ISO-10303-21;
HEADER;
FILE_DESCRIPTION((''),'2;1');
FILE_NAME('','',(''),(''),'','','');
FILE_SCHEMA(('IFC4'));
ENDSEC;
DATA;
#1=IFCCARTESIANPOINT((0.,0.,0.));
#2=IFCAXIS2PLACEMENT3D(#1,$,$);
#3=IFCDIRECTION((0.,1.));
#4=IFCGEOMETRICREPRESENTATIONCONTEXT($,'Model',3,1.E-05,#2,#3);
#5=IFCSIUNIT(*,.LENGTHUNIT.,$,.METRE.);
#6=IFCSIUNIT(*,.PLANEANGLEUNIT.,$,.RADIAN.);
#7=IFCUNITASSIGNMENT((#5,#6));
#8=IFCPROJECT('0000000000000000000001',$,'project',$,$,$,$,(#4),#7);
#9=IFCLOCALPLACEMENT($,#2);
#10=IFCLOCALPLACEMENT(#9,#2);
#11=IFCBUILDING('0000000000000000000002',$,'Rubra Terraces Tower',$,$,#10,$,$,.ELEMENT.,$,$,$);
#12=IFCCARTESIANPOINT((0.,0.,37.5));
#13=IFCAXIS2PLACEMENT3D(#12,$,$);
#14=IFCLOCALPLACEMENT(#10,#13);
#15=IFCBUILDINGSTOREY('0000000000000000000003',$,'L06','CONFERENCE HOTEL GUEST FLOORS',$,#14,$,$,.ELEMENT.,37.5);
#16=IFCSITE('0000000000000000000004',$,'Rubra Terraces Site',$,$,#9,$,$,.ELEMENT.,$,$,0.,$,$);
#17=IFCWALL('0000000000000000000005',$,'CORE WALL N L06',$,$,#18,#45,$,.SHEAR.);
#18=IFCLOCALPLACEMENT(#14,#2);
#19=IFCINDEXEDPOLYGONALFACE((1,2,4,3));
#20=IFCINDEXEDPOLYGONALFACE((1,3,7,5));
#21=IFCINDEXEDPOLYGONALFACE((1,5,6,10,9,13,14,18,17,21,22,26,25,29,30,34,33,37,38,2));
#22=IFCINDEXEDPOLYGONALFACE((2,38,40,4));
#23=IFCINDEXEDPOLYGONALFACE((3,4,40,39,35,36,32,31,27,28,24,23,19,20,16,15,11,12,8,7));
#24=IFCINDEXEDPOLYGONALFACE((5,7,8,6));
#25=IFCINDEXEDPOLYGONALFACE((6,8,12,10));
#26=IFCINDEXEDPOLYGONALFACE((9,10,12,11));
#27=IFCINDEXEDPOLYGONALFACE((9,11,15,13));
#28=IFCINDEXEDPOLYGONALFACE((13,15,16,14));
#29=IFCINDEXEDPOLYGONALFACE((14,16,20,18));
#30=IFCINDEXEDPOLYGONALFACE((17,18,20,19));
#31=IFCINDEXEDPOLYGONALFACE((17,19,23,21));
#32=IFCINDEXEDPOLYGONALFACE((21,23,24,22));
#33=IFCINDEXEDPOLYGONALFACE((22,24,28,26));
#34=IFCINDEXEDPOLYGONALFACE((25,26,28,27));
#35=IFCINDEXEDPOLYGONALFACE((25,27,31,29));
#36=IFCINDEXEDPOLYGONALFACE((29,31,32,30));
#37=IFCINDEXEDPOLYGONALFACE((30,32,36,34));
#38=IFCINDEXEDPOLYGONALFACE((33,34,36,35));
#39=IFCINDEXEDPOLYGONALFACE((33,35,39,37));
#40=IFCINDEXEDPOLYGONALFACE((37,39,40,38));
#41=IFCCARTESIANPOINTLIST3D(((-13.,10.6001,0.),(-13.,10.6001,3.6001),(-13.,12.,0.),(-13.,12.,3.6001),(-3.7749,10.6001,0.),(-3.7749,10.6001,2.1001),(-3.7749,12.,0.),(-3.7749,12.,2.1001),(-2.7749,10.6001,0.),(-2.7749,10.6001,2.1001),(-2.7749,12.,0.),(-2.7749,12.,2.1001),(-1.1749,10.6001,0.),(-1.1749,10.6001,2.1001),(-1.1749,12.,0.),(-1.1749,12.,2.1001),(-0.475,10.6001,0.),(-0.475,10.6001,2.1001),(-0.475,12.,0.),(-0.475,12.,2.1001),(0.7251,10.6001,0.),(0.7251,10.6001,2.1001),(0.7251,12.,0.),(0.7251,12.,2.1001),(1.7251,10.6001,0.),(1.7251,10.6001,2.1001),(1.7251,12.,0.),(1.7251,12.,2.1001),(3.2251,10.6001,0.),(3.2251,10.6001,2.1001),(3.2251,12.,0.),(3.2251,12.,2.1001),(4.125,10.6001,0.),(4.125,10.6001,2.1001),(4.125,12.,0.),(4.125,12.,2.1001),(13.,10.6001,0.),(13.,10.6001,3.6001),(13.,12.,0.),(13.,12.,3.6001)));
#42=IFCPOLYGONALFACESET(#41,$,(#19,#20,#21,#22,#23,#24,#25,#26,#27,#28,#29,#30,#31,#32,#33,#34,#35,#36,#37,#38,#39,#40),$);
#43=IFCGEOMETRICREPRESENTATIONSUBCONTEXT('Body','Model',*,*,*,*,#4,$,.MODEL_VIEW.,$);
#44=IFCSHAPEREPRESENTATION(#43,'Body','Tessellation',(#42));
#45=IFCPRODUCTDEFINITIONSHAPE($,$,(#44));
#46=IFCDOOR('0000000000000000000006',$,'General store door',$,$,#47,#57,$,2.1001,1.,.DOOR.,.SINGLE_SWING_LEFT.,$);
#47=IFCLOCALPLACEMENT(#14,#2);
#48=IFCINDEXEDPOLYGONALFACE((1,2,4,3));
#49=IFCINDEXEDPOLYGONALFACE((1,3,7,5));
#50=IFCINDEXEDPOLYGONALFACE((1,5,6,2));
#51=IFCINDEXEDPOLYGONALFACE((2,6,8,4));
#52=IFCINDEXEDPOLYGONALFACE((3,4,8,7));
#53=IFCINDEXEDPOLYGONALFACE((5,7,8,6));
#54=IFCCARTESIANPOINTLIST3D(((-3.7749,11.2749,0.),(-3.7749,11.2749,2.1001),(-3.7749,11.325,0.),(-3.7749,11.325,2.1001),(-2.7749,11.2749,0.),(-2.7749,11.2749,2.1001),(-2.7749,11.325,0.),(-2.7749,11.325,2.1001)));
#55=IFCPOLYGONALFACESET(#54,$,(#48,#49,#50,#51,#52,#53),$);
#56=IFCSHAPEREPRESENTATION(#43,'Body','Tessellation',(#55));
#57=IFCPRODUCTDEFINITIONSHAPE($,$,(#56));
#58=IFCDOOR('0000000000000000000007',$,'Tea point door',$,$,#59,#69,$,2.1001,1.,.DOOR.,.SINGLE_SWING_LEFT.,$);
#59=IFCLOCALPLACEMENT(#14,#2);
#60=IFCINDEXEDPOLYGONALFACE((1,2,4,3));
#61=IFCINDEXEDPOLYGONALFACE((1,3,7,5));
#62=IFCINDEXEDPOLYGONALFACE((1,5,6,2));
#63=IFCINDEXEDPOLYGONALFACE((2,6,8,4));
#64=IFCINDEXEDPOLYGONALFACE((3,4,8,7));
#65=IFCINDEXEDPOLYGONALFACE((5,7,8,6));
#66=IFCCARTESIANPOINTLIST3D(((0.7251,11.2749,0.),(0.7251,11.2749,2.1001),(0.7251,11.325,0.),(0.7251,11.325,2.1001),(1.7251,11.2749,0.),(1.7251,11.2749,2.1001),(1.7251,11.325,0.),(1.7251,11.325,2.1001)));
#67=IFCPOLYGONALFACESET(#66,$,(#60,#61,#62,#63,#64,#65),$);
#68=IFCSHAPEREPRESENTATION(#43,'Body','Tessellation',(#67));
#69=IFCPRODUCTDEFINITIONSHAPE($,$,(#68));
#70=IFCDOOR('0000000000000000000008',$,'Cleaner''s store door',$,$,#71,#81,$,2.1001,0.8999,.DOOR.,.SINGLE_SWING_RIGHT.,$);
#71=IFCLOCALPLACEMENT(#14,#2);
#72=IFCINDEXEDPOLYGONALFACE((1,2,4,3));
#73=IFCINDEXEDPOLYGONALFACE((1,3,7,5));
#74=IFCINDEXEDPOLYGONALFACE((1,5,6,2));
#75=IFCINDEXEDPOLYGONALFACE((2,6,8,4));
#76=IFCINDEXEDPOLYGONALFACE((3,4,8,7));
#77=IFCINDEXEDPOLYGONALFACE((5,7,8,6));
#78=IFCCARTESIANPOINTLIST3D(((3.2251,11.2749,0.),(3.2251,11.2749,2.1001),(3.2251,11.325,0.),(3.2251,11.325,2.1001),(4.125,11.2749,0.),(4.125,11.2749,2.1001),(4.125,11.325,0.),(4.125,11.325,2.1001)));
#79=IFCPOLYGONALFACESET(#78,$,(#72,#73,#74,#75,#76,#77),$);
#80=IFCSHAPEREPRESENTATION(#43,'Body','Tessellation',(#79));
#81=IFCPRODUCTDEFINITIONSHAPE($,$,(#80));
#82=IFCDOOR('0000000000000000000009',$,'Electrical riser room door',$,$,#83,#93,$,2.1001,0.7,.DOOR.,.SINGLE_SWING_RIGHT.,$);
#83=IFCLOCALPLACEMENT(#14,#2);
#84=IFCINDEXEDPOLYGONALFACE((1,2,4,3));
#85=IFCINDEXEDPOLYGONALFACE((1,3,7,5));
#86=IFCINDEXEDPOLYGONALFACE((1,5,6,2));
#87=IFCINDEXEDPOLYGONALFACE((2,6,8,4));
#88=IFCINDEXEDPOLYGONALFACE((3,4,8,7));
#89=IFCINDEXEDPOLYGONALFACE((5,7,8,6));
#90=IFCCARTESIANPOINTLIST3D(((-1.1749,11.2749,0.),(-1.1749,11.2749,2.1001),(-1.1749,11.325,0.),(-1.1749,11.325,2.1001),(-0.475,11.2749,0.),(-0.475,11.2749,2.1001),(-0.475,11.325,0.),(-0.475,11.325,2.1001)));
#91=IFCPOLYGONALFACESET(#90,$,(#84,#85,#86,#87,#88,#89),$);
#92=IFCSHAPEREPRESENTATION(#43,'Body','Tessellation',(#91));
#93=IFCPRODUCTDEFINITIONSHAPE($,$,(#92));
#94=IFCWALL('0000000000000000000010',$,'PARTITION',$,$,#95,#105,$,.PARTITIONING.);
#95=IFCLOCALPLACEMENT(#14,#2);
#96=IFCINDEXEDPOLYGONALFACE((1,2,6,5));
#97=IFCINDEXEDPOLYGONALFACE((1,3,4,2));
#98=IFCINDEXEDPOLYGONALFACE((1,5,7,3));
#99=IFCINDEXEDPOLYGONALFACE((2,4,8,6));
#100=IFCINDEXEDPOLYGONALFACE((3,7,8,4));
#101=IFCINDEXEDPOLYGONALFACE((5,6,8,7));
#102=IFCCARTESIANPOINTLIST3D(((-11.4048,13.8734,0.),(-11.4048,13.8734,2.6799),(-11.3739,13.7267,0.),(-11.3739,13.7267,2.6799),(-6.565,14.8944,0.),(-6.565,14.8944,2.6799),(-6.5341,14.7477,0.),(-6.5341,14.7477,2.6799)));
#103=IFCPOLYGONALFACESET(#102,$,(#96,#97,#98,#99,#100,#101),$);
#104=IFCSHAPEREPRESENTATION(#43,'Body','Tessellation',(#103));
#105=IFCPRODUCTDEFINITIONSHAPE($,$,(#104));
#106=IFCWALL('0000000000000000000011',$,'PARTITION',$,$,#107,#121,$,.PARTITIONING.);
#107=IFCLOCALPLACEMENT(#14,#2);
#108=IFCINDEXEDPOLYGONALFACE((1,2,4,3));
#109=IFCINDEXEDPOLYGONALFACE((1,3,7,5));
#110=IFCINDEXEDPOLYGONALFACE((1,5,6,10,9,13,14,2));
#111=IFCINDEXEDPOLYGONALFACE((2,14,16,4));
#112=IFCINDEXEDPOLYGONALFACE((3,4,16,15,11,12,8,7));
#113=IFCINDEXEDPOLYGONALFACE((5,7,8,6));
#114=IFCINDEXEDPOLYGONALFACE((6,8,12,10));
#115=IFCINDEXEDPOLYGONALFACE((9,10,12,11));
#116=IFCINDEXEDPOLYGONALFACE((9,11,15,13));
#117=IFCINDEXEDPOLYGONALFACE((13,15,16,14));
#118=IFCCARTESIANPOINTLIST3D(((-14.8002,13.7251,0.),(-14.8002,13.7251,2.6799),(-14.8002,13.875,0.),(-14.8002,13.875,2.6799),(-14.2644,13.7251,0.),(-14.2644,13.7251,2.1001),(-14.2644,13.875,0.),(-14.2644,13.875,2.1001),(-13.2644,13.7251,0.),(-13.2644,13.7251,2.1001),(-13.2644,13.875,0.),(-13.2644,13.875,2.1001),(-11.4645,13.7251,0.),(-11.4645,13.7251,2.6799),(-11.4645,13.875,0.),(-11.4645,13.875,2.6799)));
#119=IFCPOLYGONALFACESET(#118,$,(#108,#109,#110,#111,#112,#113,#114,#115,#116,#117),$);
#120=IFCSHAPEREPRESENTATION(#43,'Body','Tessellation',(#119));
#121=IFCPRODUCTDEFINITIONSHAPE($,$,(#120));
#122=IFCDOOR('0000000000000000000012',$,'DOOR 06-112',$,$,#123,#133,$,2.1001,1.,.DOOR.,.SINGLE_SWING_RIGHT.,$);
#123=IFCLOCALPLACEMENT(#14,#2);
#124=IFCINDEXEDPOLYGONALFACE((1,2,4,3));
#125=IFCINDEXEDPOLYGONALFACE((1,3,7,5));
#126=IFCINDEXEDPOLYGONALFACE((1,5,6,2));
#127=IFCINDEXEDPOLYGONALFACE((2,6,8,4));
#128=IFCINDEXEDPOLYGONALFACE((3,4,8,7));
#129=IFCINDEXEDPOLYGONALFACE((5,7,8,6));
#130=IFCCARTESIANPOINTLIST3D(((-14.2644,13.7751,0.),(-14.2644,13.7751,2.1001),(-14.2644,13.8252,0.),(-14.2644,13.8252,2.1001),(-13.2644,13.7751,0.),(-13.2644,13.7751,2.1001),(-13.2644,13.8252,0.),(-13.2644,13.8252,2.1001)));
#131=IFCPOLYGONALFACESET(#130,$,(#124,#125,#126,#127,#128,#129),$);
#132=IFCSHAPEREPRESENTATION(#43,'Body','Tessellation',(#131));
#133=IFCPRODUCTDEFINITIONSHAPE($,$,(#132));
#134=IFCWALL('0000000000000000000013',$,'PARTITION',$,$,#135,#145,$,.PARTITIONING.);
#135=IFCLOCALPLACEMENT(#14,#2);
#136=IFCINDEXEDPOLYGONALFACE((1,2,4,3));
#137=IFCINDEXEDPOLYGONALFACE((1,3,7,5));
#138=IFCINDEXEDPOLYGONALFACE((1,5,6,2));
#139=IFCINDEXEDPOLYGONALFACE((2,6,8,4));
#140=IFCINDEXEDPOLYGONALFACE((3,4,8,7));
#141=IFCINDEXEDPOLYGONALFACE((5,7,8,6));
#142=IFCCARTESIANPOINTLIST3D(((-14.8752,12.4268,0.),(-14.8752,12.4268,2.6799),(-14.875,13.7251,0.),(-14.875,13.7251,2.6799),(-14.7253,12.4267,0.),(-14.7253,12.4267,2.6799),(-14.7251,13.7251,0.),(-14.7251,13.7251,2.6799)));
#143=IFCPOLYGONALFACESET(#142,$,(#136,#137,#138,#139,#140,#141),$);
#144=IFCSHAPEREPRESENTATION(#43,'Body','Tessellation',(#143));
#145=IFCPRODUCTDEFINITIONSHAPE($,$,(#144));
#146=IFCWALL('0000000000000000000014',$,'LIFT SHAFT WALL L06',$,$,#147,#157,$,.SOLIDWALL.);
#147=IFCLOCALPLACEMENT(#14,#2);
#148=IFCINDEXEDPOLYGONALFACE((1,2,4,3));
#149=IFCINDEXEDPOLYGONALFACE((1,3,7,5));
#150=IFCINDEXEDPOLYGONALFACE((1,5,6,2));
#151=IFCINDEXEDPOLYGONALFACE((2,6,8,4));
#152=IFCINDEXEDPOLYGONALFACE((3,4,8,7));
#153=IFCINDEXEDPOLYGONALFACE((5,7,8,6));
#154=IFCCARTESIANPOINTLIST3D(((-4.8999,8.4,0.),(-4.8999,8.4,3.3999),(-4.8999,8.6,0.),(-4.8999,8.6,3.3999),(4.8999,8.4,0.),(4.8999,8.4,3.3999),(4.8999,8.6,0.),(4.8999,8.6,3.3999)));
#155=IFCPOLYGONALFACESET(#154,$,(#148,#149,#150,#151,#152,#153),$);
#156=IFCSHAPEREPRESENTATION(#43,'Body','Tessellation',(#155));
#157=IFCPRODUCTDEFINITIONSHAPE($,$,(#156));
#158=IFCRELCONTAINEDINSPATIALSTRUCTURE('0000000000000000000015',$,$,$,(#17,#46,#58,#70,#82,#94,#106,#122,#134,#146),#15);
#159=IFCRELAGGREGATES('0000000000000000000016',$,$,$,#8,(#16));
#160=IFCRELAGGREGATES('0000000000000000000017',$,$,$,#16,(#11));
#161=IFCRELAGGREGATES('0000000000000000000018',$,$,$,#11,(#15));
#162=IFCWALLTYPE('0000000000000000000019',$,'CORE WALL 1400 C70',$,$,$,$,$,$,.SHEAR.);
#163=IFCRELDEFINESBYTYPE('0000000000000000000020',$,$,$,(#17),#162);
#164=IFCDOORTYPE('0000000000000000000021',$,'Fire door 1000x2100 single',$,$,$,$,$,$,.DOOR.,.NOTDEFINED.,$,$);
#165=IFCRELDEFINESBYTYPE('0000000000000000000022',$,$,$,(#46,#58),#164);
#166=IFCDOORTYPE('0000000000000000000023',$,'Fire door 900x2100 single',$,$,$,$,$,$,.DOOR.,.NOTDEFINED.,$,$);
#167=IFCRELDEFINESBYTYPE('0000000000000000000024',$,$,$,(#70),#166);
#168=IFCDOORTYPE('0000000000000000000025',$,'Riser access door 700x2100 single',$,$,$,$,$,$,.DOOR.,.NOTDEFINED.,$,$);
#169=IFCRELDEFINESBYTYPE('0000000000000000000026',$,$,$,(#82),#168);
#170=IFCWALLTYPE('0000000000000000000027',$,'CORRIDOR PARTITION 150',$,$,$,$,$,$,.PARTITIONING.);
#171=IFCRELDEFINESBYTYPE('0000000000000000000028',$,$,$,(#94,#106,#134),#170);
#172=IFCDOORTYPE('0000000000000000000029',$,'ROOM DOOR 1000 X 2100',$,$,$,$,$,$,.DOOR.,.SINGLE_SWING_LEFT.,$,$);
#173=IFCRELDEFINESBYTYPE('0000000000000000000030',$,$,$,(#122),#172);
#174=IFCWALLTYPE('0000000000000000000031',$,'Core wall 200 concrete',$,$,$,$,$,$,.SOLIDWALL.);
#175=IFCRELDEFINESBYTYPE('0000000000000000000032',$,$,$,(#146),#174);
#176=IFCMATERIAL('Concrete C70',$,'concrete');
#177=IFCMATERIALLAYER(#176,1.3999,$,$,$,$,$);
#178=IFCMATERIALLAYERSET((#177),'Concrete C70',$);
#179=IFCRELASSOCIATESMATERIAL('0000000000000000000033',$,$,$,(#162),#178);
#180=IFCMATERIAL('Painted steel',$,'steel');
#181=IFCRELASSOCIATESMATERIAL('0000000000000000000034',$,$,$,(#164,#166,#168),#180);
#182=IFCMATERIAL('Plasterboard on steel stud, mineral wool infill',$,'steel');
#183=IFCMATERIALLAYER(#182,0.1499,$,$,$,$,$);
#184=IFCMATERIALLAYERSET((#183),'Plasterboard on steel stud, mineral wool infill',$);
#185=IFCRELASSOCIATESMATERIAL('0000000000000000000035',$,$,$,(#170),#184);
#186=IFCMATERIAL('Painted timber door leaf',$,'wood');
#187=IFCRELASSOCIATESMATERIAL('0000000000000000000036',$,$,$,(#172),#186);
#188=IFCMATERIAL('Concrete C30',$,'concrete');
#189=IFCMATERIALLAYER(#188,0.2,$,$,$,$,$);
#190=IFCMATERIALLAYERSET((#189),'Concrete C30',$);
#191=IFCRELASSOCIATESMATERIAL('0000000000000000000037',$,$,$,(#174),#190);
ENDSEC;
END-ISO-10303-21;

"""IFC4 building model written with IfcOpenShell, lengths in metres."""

from ifc_helpers import new_model, si_unit, direction, frame, frame_2d, origin, place, context, subcontext, project, spatial, rectangle, extrude, material, layer, layer_set, type_object, element, fill, save


model = new_model("IFC4")

# Units and contexts
model_context = context("Model", 3, precision=1e-05, world=origin(), true_north=direction((0.0, 1.0)))
body_context = subcontext(model_context, "Body", "Model", "MODEL_VIEW")
ifc_project = project(units=[si_unit("LENGTHUNIT", "METRE"), si_unit("PLANEANGLEUNIT", "RADIAN")], contexts=[model_context])

# Site, building, storey
site_placement = place(None, origin())
site = spatial("IfcSite", under=ifc_project, at=site_placement, Name="Rubra Terraces Site", CompositionType="ELEMENT", RefElevation=0.0)
building_placement = place(site_placement, origin())
building = spatial("IfcBuilding", under=site, at=building_placement, Name="Rubra Terraces Tower", CompositionType="ELEMENT")
storey_placement = place(building_placement, frame((0.0, 0.0, 37.5)))
storey = spatial("IfcBuildingStorey", under=building, at=storey_placement, Name="L06", Description="CONFERENCE HOTEL GUEST FLOORS", CompositionType="ELEMENT", Elevation=37.5)

# Wall, openings, doors
ifc_material_1 = material(Name="Concrete C70", Category="concrete")
ifc_layer_1 = layer(ifc_material_1, 1.3999)
ifc_layer_set_1 = layer_set([ifc_layer_1], Name="Concrete C70")
wall_type_1 = type_object("IfcWallType", Name="CORE WALL 1400 C70", PredefinedType="SHEAR", material=ifc_layer_set_1)
wall_1_placement = place(storey_placement, frame((-13.0, 11.3, 0.0), z_axis=(0.0, 0.0, 1.0), x_axis=(1.0, 0.0, 0.0)))
wall_1 = element("IfcWall", 1, at=wall_1_placement, inside=storey, type_object=wall_type_1, Name="CORE WALL N L06", PredefinedType="SHEAR", context=body_context, shape_type="SweptSolid", body=[
    extrude(rectangle(XDim=26.0, YDim=1.3999, at=frame_2d((13.0, 0.0))), origin(), (0.0, 0.0, 1.0), 3.6001),
])
opening_1_placement = place(wall_1_placement, frame((9.2251, 0.0, 0.0)))
opening_1 = element("IfcOpeningElement", 2, at=opening_1_placement, cuts=wall_1, PredefinedType="OPENING", context=body_context, shape_type="SweptSolid", body=[
    extrude(rectangle(XDim=1.0, YDim=2.1001, at=frame_2d((0.5, 1.05))), frame((0.0, 0.71, 0.0), z_axis=(0.0, -1.0, 0.0), x_axis=(1.0, 0.0, 0.0)), (0.0, 0.0, 1.0), 1.4199),
])
opening_2_placement = place(wall_1_placement, frame((11.825, 0.0, 0.0)))
opening_2 = element("IfcOpeningElement", 3, at=opening_2_placement, cuts=wall_1, PredefinedType="OPENING", context=body_context, shape_type="SweptSolid", body=[
    extrude(rectangle(XDim=0.7, YDim=2.1001, at=frame_2d((0.3501, 1.05))), frame((0.0, 0.71, 0.0), z_axis=(0.0, -1.0, 0.0), x_axis=(1.0, 0.0, 0.0)), (0.0, 0.0, 1.0), 1.4199),
])
opening_3_placement = place(wall_1_placement, frame((13.7251, 0.0, 0.0)))
opening_3 = element("IfcOpeningElement", 4, at=opening_3_placement, cuts=wall_1, PredefinedType="OPENING", context=body_context, shape_type="SweptSolid", body=[
    extrude(rectangle(XDim=1.0, YDim=2.1001, at=frame_2d((0.5, 1.05))), frame((0.0, 0.71, 0.0), z_axis=(0.0, -1.0, 0.0), x_axis=(1.0, 0.0, 0.0)), (0.0, 0.0, 1.0), 1.4199),
])
opening_4_placement = place(wall_1_placement, frame((16.2251, 0.0, 0.0)))
opening_4 = element("IfcOpeningElement", 5, at=opening_4_placement, cuts=wall_1, PredefinedType="OPENING", context=body_context, shape_type="SweptSolid", body=[
    extrude(rectangle(XDim=0.8999, YDim=2.1001, at=frame_2d((0.45, 1.05))), frame((0.0, 0.71, 0.0), z_axis=(0.0, -1.0, 0.0), x_axis=(1.0, 0.0, 0.0)), (0.0, 0.0, 1.0), 1.4199),
])
ifc_material_2 = material(Name="Painted steel", Category="steel")
door_type_1 = type_object("IfcDoorType", Name="Fire door 1000x2100 single", OperationType="NOTDEFINED", PredefinedType="DOOR", material=ifc_material_2)
door_1_placement = place(opening_1_placement, origin())
door_1 = element("IfcDoor", 6, at=door_1_placement, inside=storey, type_object=door_type_1, Name="General store door", OperationType="SINGLE_SWING_LEFT", OverallHeight=2.1001, OverallWidth=1.0, PredefinedType="DOOR", context=body_context, shape_type="SweptSolid", body=[
    extrude(rectangle(XDim=1.0, YDim=2.1001, at=frame_2d((0.5, 1.05))), frame((0.0, 0.0249, 0.0), z_axis=(0.0, -1.0, 0.0), x_axis=(1.0, 0.0, 0.0)), (0.0, 0.0, 1.0), 0.05),
])
fill(opening_1, door_1)
door_2_placement = place(opening_3_placement, origin())
door_2 = element("IfcDoor", 7, at=door_2_placement, inside=storey, type_object=door_type_1, Name="Tea point door", OperationType="SINGLE_SWING_LEFT", OverallHeight=2.1001, OverallWidth=1.0, PredefinedType="DOOR", context=body_context, shape_type="SweptSolid", body=[
    extrude(rectangle(XDim=1.0, YDim=2.1001, at=frame_2d((0.5, 1.05))), frame((0.0, 0.0249, 0.0), z_axis=(0.0, -1.0, 0.0), x_axis=(1.0, 0.0, 0.0)), (0.0, 0.0, 1.0), 0.05),
])
fill(opening_3, door_2)
door_type_2 = type_object("IfcDoorType", Name="Fire door 900x2100 single", OperationType="NOTDEFINED", PredefinedType="DOOR", material=ifc_material_2)
door_3_placement = place(opening_4_placement, origin())
door_3 = element("IfcDoor", 8, at=door_3_placement, inside=storey, type_object=door_type_2, Name="Cleaner's store door", OperationType="SINGLE_SWING_RIGHT", OverallHeight=2.1001, OverallWidth=0.8999, PredefinedType="DOOR", context=body_context, shape_type="SweptSolid", body=[
    extrude(rectangle(XDim=0.8999, YDim=2.1001, at=frame_2d((0.45, 1.05))), frame((0.0, 0.0249, 0.0), z_axis=(0.0, -1.0, 0.0), x_axis=(1.0, 0.0, 0.0)), (0.0, 0.0, 1.0), 0.05),
])
fill(opening_4, door_3)
door_type_3 = type_object("IfcDoorType", Name="Riser access door 700x2100 single", OperationType="NOTDEFINED", PredefinedType="DOOR", material=ifc_material_2)
door_4_placement = place(opening_2_placement, origin())
door_4 = element("IfcDoor", 9, at=door_4_placement, inside=storey, type_object=door_type_3, Name="Electrical riser room door", OperationType="SINGLE_SWING_RIGHT", OverallHeight=2.1001, OverallWidth=0.7, PredefinedType="DOOR", context=body_context, shape_type="SweptSolid", body=[
    extrude(rectangle(XDim=0.7, YDim=2.1001, at=frame_2d((0.3501, 1.05))), frame((0.0, 0.0249, 0.0), z_axis=(0.0, -1.0, 0.0), x_axis=(1.0, 0.0, 0.0)), (0.0, 0.0, 1.0), 0.05),
])
fill(opening_2, door_4)

# Wall
ifc_material_3 = material(Name="Plasterboard on steel stud, mineral wool infill", Category="steel")
ifc_layer_2 = layer(ifc_material_3, 0.1499)
ifc_layer_set_2 = layer_set([ifc_layer_2], Name="Plasterboard on steel stud, mineral wool infill")
wall_type_2 = type_object("IfcWallType", Name="CORRIDOR PARTITION 150", PredefinedType="PARTITIONING", material=ifc_layer_set_2)
wall_2_placement = place(storey_placement, frame((-6.5496, 14.821, 0.0), z_axis=(0.0, 0.0, 1.0), x_axis=(-0.978465, -0.206413, 0.0)))
element("IfcWall", 10, at=wall_2_placement, inside=storey, type_object=wall_type_2, Name="PARTITION", PredefinedType="PARTITIONING", context=body_context, shape_type="SweptSolid", body=[
    extrude(rectangle(XDim=4.9463, YDim=0.1499, at=frame_2d((2.4731, 0.0))), origin(), (0.0, 0.0, 1.0), 2.6799),
])

# Wall, opening, door
wall_3_placement = place(storey_placement, frame((-11.4644, 13.8, 0.0), z_axis=(0.0, 0.0, 1.0), x_axis=(-1.0, 0.0, 0.0)))
wall_3 = element("IfcWall", 11, at=wall_3_placement, inside=storey, type_object=wall_type_2, Name="PARTITION", PredefinedType="PARTITIONING", context=body_context, shape_type="SweptSolid", body=[
    extrude(rectangle(XDim=3.3357, YDim=0.1499, at=frame_2d((1.668, 0.0))), origin(), (0.0, 0.0, 1.0), 2.6799),
])
opening_5_placement = place(wall_3_placement, frame((1.8, 0.0, 0.0)))
opening_5 = element("IfcOpeningElement", 12, at=opening_5_placement, cuts=wall_3, PredefinedType="OPENING", context=body_context, shape_type="SweptSolid", body=[
    extrude(rectangle(XDim=1.0, YDim=2.1001, at=frame_2d((0.5, 1.05))), frame((0.0, 0.085, 0.0), z_axis=(0.0, -1.0, 0.0), x_axis=(1.0, 0.0, 0.0)), (0.0, 0.0, 1.0), 0.1699),
])
ifc_material_4 = material(Name="Painted timber door leaf", Category="wood")
door_type_4 = type_object("IfcDoorType", Name="ROOM DOOR 1000 X 2100", OperationType="SINGLE_SWING_LEFT", PredefinedType="DOOR", material=ifc_material_4)
door_5_placement = place(opening_5_placement, origin())
door_5 = element("IfcDoor", 13, at=door_5_placement, inside=storey, type_object=door_type_4, Name="DOOR 06-112", OperationType="SINGLE_SWING_RIGHT", OverallHeight=2.1001, OverallWidth=1.0, PredefinedType="DOOR", context=body_context, shape_type="SweptSolid", body=[
    extrude(rectangle(XDim=1.0, YDim=2.1001, at=frame_2d((0.5, 1.05))), frame((0.0, 0.0249, 0.0), z_axis=(0.0, -1.0, 0.0), x_axis=(1.0, 0.0, 0.0)), (0.0, 0.0, 1.0), 0.05),
])
fill(opening_5, door_5)

# Walls
wall_4_placement = place(storey_placement, frame((-14.8, 13.7251, 0.0), z_axis=(0.0, 0.0, 1.0), x_axis=(-0.000188, -1.0, 0.0)))
element("IfcWall", 14, at=wall_4_placement, inside=storey, type_object=wall_type_2, Name="PARTITION", PredefinedType="PARTITIONING", context=body_context, shape_type="SweptSolid", body=[
    extrude(rectangle(XDim=1.2983, YDim=0.1499, at=frame_2d((0.6492, 0.0))), origin(), (0.0, 0.0, 1.0), 2.6799),
])
ifc_material_5 = material(Name="Concrete C30", Category="concrete")
ifc_layer_3 = layer(ifc_material_5, 0.2)
ifc_layer_set_3 = layer_set([ifc_layer_3], Name="Concrete C30")
wall_type_3 = type_object("IfcWallType", Name="Core wall 200 concrete", PredefinedType="SOLIDWALL", material=ifc_layer_set_3)
wall_5_placement = place(storey_placement, frame((-4.8999, 8.5, 0.0), z_axis=(0.0, 0.0, 1.0), x_axis=(1.0, 0.0, 0.0)))
element("IfcWall", 15, at=wall_5_placement, inside=storey, type_object=wall_type_3, Name="LIFT SHAFT WALL L06", PredefinedType="SOLIDWALL", context=body_context, shape_type="SweptSolid", body=[
    extrude(rectangle(XDim=9.7998, YDim=0.2, at=frame_2d((4.8999, 0.0))), origin(), (0.0, 0.0, 1.0), 3.3999),
])

save(model, "model.ifc")
